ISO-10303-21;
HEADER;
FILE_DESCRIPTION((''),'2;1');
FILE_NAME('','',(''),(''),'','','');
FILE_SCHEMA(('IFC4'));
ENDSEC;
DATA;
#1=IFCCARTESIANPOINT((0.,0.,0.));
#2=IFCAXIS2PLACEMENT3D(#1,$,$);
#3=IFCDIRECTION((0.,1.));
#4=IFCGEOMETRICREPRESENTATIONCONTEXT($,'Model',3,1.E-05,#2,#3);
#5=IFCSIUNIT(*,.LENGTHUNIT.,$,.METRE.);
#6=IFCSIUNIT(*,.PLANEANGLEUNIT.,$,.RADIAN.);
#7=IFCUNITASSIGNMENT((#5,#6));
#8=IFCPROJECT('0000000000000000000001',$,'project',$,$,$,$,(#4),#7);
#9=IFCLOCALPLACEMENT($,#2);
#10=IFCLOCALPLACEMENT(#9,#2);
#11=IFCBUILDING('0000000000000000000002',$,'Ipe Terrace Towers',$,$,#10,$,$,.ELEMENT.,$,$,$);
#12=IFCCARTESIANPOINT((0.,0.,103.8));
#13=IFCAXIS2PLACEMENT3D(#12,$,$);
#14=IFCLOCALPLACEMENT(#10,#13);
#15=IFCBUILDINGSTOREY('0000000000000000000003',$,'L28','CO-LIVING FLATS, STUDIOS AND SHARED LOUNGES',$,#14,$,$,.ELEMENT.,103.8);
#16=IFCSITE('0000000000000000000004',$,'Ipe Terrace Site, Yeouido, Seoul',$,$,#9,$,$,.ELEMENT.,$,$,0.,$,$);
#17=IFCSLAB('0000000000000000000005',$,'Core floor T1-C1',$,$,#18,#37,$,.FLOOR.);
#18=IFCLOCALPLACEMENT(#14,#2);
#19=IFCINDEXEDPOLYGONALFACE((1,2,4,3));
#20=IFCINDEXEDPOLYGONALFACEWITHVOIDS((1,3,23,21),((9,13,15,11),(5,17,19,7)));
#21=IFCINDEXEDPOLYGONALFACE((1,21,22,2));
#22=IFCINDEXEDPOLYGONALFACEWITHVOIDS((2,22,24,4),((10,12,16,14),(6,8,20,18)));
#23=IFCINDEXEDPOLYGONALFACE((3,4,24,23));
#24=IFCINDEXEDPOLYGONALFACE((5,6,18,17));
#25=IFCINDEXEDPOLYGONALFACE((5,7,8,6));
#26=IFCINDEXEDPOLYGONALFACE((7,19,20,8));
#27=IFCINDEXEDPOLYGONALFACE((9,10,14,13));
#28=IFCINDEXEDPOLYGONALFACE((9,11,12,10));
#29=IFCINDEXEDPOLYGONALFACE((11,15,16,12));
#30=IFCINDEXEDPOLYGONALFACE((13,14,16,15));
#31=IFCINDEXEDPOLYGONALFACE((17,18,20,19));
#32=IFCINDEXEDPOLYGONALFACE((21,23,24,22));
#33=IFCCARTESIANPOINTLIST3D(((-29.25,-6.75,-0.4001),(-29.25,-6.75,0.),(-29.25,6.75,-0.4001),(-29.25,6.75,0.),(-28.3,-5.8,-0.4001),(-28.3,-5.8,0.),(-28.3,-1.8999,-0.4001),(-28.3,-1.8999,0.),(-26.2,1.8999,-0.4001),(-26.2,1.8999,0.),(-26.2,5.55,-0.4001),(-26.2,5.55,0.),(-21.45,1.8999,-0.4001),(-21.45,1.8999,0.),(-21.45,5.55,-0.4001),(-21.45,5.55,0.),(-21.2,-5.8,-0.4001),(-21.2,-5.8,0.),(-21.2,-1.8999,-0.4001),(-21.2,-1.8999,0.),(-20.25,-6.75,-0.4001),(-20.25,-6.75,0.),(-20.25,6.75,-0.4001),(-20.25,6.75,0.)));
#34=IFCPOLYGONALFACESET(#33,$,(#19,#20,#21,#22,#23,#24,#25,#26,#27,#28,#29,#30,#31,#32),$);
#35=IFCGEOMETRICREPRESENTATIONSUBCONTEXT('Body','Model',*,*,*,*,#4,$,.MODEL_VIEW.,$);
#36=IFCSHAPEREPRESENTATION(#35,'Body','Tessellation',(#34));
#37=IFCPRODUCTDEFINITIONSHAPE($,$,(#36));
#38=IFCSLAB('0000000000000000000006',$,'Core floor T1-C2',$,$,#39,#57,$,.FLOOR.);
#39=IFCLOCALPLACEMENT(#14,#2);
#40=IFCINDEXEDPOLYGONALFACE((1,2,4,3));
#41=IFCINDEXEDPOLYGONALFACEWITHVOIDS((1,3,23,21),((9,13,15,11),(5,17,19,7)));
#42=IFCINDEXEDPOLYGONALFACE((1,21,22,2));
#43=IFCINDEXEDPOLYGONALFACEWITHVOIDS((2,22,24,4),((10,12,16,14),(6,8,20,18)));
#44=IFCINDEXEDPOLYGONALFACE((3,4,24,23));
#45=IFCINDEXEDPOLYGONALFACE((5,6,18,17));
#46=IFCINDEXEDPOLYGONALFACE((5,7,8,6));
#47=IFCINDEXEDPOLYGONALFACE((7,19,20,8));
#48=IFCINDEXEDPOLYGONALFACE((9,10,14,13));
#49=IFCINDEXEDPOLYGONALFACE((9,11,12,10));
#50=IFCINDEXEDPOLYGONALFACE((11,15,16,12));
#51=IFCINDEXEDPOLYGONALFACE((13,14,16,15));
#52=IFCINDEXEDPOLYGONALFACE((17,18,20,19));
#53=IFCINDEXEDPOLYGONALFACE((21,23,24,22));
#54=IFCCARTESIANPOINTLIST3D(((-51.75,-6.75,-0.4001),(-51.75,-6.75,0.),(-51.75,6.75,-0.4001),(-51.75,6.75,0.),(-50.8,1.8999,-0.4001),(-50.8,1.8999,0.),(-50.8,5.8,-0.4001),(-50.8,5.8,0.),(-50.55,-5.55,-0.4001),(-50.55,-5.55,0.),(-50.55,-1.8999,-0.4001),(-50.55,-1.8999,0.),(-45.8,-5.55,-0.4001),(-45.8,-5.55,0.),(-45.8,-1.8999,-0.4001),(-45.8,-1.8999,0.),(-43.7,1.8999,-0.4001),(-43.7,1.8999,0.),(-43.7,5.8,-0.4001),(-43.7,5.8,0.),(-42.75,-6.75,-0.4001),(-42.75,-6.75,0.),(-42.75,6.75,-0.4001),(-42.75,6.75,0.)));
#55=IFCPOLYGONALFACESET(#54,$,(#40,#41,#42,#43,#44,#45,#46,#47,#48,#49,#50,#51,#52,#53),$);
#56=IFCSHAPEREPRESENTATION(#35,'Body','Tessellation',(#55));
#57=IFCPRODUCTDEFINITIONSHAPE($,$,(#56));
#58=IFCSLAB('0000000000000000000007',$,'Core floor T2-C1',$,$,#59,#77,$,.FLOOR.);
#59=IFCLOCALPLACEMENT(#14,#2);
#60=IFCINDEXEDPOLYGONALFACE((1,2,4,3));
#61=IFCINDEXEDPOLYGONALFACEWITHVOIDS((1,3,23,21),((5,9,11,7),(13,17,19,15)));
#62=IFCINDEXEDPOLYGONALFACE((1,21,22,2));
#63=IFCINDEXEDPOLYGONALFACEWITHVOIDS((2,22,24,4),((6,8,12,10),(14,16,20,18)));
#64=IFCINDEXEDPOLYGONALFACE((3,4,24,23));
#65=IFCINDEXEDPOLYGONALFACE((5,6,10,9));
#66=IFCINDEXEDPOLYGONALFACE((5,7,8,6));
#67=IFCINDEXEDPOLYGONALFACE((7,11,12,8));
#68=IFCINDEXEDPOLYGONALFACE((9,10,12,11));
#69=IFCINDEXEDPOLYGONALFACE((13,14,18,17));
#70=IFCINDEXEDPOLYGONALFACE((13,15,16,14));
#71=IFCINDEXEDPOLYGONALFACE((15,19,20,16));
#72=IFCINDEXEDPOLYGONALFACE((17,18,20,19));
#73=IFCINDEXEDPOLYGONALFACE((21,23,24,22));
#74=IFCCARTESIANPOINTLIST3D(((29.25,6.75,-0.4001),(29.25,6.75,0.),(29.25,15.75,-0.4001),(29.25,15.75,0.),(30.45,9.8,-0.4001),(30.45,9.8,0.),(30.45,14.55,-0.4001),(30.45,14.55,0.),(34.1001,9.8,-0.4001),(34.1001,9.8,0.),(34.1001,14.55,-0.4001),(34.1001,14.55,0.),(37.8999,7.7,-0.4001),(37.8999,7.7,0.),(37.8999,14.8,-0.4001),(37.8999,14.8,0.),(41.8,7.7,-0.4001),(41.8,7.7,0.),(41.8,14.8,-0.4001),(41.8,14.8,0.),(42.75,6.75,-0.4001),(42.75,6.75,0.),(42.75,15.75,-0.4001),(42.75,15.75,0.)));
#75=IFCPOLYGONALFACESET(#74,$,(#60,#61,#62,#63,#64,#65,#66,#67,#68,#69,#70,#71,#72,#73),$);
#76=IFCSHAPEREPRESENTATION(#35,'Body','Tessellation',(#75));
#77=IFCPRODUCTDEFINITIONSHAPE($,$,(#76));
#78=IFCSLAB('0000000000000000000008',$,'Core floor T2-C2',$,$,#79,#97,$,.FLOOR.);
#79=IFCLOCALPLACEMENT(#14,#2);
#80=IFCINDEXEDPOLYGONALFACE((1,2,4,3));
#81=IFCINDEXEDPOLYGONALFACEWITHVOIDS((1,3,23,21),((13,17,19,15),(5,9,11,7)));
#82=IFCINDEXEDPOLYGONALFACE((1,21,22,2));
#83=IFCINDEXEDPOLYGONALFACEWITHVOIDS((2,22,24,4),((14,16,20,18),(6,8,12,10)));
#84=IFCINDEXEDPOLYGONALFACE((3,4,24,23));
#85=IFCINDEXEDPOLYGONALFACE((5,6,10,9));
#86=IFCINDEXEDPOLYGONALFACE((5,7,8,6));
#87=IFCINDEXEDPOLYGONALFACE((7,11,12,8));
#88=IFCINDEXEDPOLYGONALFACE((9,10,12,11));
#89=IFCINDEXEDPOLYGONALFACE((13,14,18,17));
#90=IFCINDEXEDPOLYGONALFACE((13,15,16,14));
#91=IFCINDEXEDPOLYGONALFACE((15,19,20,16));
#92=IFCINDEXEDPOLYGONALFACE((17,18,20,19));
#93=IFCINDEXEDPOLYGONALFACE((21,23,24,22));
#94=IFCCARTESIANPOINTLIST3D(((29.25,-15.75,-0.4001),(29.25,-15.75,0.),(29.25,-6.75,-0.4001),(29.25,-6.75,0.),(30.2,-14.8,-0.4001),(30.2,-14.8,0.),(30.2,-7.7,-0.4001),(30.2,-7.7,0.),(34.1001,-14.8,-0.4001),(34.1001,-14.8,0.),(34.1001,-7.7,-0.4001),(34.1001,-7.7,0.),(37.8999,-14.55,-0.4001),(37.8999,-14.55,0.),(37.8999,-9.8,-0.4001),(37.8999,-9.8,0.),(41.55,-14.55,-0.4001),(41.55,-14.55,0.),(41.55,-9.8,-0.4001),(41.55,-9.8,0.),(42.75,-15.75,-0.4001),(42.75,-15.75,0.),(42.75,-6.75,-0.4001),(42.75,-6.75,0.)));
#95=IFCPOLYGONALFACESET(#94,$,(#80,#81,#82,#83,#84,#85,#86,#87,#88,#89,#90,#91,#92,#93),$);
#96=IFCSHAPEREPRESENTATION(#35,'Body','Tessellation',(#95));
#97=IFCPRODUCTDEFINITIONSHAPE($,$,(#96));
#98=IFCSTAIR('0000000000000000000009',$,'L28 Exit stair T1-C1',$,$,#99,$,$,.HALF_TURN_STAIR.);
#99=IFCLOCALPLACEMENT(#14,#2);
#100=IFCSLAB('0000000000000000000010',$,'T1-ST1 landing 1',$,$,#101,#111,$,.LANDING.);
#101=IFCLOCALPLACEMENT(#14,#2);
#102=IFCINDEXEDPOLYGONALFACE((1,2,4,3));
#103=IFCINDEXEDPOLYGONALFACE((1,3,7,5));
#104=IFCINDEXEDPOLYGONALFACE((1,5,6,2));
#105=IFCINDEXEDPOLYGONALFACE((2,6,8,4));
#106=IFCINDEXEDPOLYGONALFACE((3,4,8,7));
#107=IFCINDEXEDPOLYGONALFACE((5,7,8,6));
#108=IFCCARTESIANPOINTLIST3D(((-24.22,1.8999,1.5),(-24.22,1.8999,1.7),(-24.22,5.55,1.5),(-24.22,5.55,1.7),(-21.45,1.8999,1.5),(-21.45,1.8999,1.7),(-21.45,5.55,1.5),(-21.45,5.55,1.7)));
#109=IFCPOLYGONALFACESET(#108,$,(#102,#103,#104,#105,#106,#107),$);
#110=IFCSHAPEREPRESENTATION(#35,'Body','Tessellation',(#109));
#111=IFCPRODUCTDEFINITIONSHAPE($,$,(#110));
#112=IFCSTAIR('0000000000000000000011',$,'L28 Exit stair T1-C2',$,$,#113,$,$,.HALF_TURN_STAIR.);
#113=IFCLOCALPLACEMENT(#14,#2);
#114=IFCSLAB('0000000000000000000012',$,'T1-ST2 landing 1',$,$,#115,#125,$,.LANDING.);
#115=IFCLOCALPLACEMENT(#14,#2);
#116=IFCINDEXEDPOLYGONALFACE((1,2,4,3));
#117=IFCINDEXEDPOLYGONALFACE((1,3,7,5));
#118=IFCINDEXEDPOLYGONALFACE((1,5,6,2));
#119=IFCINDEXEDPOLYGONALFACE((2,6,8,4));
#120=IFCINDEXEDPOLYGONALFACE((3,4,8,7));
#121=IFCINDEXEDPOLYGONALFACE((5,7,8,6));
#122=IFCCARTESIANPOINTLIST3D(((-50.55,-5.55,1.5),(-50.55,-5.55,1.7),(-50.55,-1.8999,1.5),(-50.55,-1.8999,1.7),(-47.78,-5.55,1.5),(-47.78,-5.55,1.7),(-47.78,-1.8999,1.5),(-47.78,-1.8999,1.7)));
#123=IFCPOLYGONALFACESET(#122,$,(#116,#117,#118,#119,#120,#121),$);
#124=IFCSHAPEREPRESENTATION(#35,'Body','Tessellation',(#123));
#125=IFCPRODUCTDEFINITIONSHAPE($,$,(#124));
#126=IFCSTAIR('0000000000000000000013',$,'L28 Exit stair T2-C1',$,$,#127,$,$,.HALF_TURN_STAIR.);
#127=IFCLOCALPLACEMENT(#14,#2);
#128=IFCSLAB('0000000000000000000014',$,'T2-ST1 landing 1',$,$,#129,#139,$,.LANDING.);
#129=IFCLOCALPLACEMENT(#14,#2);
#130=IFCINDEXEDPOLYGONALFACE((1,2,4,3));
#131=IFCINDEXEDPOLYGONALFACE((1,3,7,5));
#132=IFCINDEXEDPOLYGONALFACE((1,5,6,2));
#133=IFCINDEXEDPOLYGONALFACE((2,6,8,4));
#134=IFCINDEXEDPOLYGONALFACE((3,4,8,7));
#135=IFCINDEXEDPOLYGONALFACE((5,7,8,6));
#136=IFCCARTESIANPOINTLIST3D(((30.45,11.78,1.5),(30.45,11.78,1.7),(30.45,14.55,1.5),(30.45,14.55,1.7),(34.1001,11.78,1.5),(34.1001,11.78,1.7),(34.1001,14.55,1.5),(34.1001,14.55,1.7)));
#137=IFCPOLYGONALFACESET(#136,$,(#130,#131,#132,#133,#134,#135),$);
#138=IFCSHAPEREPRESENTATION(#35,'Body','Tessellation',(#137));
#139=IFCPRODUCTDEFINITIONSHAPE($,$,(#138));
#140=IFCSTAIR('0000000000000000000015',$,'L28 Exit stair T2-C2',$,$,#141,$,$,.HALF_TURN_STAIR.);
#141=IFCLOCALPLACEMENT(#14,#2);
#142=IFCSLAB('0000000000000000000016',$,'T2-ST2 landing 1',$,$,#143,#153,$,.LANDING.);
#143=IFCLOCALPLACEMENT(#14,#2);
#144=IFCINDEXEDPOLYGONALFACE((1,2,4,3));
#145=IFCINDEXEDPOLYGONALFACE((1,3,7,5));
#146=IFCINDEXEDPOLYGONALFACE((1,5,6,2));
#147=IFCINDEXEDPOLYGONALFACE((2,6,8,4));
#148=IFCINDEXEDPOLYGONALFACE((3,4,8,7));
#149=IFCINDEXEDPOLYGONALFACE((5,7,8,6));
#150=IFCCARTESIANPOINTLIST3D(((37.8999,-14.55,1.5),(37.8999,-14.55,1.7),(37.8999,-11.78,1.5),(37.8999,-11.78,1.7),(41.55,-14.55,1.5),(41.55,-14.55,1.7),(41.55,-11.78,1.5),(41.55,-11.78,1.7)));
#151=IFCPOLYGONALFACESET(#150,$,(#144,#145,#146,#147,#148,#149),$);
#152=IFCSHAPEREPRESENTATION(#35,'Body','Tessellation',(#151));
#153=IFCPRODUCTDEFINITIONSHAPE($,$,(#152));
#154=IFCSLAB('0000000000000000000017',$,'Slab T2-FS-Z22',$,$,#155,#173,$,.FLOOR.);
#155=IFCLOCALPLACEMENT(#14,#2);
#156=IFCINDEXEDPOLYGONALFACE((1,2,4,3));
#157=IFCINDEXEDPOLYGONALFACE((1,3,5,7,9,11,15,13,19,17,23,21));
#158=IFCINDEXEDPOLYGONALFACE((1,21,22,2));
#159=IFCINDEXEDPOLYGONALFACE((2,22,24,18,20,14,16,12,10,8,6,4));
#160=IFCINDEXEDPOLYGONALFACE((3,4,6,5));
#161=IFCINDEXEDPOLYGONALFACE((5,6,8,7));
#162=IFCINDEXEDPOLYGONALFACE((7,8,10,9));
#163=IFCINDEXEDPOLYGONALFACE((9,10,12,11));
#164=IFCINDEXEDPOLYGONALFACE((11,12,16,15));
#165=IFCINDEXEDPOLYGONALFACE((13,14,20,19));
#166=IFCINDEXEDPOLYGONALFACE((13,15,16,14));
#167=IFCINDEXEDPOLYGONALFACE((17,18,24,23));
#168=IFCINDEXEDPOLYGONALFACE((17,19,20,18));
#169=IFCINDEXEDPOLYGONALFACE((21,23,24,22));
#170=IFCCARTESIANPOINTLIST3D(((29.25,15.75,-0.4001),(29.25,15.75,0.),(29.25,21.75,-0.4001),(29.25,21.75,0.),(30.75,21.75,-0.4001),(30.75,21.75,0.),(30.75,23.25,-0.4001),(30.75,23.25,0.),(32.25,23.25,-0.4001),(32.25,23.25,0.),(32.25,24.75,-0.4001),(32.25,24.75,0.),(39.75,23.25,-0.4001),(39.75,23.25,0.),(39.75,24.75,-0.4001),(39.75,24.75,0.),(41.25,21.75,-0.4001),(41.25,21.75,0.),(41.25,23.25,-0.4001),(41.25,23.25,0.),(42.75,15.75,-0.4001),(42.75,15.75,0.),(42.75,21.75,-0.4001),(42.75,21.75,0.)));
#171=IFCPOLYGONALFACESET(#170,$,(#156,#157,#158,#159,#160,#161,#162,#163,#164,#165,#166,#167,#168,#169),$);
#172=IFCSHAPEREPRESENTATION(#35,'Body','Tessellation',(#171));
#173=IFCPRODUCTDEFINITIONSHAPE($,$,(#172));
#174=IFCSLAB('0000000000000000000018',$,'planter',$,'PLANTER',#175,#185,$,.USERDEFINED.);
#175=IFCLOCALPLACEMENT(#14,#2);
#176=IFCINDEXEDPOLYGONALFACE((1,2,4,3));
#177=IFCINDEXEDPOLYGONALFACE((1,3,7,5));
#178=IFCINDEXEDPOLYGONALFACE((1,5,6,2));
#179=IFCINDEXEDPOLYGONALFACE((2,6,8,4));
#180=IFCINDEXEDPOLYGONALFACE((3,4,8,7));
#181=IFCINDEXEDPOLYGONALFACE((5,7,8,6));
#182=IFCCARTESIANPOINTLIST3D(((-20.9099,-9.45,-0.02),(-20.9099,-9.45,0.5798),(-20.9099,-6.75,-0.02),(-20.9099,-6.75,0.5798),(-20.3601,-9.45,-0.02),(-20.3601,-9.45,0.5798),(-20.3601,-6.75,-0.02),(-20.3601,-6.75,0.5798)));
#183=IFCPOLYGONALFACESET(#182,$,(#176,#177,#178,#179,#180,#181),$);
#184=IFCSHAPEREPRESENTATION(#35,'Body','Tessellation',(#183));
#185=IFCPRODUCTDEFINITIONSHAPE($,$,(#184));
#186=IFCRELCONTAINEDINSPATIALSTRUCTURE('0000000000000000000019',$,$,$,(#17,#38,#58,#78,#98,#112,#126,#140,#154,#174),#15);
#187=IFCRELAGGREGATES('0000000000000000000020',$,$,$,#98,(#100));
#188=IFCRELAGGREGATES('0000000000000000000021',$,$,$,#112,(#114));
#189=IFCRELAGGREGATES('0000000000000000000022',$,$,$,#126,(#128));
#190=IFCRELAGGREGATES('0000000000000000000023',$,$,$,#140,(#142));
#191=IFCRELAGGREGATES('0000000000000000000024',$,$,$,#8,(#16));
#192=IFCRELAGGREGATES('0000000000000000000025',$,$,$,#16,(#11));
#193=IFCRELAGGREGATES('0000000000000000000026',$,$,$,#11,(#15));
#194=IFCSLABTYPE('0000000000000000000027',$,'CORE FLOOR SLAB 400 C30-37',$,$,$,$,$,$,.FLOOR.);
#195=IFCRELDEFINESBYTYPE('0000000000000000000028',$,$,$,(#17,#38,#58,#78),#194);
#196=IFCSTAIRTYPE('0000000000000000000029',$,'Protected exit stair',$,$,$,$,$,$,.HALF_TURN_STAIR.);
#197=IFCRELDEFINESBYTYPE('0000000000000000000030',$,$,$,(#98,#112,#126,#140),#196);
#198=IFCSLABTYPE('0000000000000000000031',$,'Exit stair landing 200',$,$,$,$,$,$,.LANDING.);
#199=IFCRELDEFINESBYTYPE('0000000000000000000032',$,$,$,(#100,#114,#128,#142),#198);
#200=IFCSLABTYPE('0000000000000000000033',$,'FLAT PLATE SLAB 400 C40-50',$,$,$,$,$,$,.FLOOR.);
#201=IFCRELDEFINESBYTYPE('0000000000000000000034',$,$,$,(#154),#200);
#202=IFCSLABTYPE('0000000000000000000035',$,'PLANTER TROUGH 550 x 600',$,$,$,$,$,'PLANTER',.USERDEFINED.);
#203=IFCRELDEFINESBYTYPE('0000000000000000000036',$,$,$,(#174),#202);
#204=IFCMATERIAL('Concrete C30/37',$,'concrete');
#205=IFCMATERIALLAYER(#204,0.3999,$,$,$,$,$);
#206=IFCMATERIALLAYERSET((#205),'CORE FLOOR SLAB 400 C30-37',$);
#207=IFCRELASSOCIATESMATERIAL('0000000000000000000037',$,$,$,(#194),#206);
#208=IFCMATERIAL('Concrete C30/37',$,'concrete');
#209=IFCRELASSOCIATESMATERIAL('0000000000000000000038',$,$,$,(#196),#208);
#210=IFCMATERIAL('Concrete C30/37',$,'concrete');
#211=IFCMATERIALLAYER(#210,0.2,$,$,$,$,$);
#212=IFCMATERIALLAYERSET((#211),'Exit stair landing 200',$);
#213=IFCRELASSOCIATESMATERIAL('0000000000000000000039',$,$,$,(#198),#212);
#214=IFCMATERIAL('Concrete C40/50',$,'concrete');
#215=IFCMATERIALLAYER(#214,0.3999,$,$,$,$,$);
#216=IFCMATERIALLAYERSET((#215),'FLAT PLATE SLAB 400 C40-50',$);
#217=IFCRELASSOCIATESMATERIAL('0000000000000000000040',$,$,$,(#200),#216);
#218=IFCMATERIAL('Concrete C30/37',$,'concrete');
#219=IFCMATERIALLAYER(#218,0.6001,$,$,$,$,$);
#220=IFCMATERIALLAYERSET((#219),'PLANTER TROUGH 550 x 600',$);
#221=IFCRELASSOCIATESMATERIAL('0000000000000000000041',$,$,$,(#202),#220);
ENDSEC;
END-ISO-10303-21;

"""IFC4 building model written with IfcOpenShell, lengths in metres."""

from ifc_helpers import new_model, si_unit, direction, frame, origin, place, context, subcontext, project, spatial, polyline, outline, extrude, material, layer, layer_set, type_object, element, aggregate, save


model = new_model("IFC4")

# Units and contexts
model_context = context("Model", 3, precision=1e-05, world=origin(), true_north=direction((0.0, 1.0)))
body_context = subcontext(model_context, "Body", "Model", "MODEL_VIEW")
ifc_project = project(units=[si_unit("LENGTHUNIT", "METRE"), si_unit("PLANEANGLEUNIT", "RADIAN")], contexts=[model_context])

# Site, building, storey
site_placement = place(None, origin())
site = spatial("IfcSite", under=ifc_project, at=site_placement, Name="Ipe Terrace Site, Yeouido, Seoul", CompositionType="ELEMENT", RefElevation=0.0)
building_placement = place(site_placement, origin())
building = spatial("IfcBuilding", under=site, at=building_placement, Name="Ipe Terrace Towers", CompositionType="ELEMENT")
storey_placement = place(building_placement, frame((0.0, 0.0, 103.8)))
storey = spatial("IfcBuildingStorey", under=building, at=storey_placement, Name="L28", Description="CO-LIVING FLATS, STUDIOS AND SHARED LOUNGES", CompositionType="ELEMENT", Elevation=103.8)

# Slabs
ifc_material_1 = material(Name="Concrete C30/37", Category="concrete")
ifc_layer_1 = layer(ifc_material_1, 0.3999)
ifc_layer_set_1 = layer_set([ifc_layer_1], Name="CORE FLOOR SLAB 400 C30-37")
slab_type_1 = type_object("IfcSlabType", Name="CORE FLOOR SLAB 400 C30-37", PredefinedType="FLOOR", material=ifc_layer_set_1)
slab_1_placement = place(storey_placement, frame((0.0, 0.0, -0.4001)))
element("IfcSlab", 1, at=slab_1_placement, inside=storey, type_object=slab_type_1, Name="Core floor T1-C1", PredefinedType="FLOOR", context=body_context, shape_type="SweptSolid", body=[
    extrude(outline(polyline([(-29.25, -6.75), (-29.25, 6.75), (-20.25, 6.75), (-20.25, -6.75), (-29.25, -6.75)]), holes=[polyline([(-28.3, -5.8), (-21.2, -5.8), (-21.2, -1.8999), (-28.3, -1.8999), (-28.3, -5.8)]), polyline([(-26.2, 5.55), (-26.2, 1.8999), (-21.45, 1.8999), (-21.45, 5.55), (-26.2, 5.55)])]), origin(), (0.0, 0.0, 1.0), 0.4001),
])
slab_2_placement = place(storey_placement, frame((0.0, 0.0, -0.4001)))
element("IfcSlab", 2, at=slab_2_placement, inside=storey, type_object=slab_type_1, Name="Core floor T1-C2", PredefinedType="FLOOR", context=body_context, shape_type="SweptSolid", body=[
    extrude(outline(polyline([(-51.75, -6.75), (-51.75, 6.75), (-42.75, 6.75), (-42.75, -6.75), (-51.75, -6.75)]), holes=[polyline([(-45.8, -5.55), (-45.8, -1.8999), (-50.55, -1.8999), (-50.55, -5.55), (-45.8, -5.55)]), polyline([(-50.8, 1.8999), (-43.7, 1.8999), (-43.7, 5.8), (-50.8, 5.8), (-50.8, 1.8999)])]), origin(), (0.0, 0.0, 1.0), 0.4001),
])
slab_3_placement = place(storey_placement, frame((0.0, 0.0, -0.4001)))
element("IfcSlab", 3, at=slab_3_placement, inside=storey, type_object=slab_type_1, Name="Core floor T2-C1", PredefinedType="FLOOR", context=body_context, shape_type="SweptSolid", body=[
    extrude(outline(polyline([(29.25, 6.75), (29.25, 15.75), (42.75, 15.75), (42.75, 6.75), (29.25, 6.75)]), holes=[polyline([(41.8, 7.7), (41.8, 14.8), (37.8999, 14.8), (37.8999, 7.7), (41.8, 7.7)]), polyline([(30.45, 9.8), (34.1001, 9.8), (34.1001, 14.55), (30.45, 14.55), (30.45, 9.8)])]), origin(), (0.0, 0.0, 1.0), 0.4001),
])
slab_4_placement = place(storey_placement, frame((0.0, 0.0, -0.4001)))
element("IfcSlab", 4, at=slab_4_placement, inside=storey, type_object=slab_type_1, Name="Core floor T2-C2", PredefinedType="FLOOR", context=body_context, shape_type="SweptSolid", body=[
    extrude(outline(polyline([(29.25, -15.75), (29.25, -6.75), (42.75, -6.75), (42.75, -15.75), (29.25, -15.75)]), holes=[polyline([(34.1001, -14.8), (34.1001, -7.7), (30.2, -7.7), (30.2, -14.8), (34.1001, -14.8)]), polyline([(41.55, -9.8), (37.8999, -9.8), (37.8999, -14.55), (41.55, -14.55), (41.55, -9.8)])]), origin(), (0.0, 0.0, 1.0), 0.4001),
])

# Stairs, slabs
ifc_material_2 = material(Name="Concrete C30/37", Category="concrete")
stair_type = type_object("IfcStairType", Name="Protected exit stair", PredefinedType="HALF_TURN_STAIR", material=ifc_material_2)
stair_1_placement = place(storey_placement, origin())
stair_1 = element("IfcStair", 5, at=stair_1_placement, inside=storey, type_object=stair_type, Name="L28 Exit stair T1-C1", PredefinedType="HALF_TURN_STAIR")
ifc_material_3 = material(Name="Concrete C30/37", Category="concrete")
ifc_layer_2 = layer(ifc_material_3, 0.2)
ifc_layer_set_2 = layer_set([ifc_layer_2], Name="Exit stair landing 200")
slab_type_2 = type_object("IfcSlabType", Name="Exit stair landing 200", PredefinedType="LANDING", material=ifc_layer_set_2)
slab_5_placement = place(storey_placement, frame((0.0, 0.0, 1.5)))
slab_5 = element("IfcSlab", 6, at=slab_5_placement, type_object=slab_type_2, Name="T1-ST1 landing 1", PredefinedType="LANDING", context=body_context, shape_type="SweptSolid", body=[
    extrude(outline(polyline([(-24.22, 1.8999), (-21.45, 1.8999), (-21.45, 5.55), (-24.22, 5.55), (-24.22, 1.8999)])), origin(), (0.0, 0.0, 1.0), 0.2),
])
aggregate(stair_1, [slab_5])
stair_2_placement = place(storey_placement, origin())
stair_2 = element("IfcStair", 7, at=stair_2_placement, inside=storey, type_object=stair_type, Name="L28 Exit stair T1-C2", PredefinedType="HALF_TURN_STAIR")
slab_6_placement = place(storey_placement, frame((0.0, 0.0, 1.5)))
slab_6 = element("IfcSlab", 8, at=slab_6_placement, type_object=slab_type_2, Name="T1-ST2 landing 1", PredefinedType="LANDING", context=body_context, shape_type="SweptSolid", body=[
    extrude(outline(polyline([(-47.78, -1.8999), (-50.55, -1.8999), (-50.55, -5.55), (-47.78, -5.55), (-47.78, -1.8999)])), origin(), (0.0, 0.0, 1.0), 0.2),
])
aggregate(stair_2, [slab_6])
stair_3_placement = place(storey_placement, origin())
stair_3 = element("IfcStair", 9, at=stair_3_placement, inside=storey, type_object=stair_type, Name="L28 Exit stair T2-C1", PredefinedType="HALF_TURN_STAIR")
slab_7_placement = place(storey_placement, frame((0.0, 0.0, 1.5)))
slab_7 = element("IfcSlab", 10, at=slab_7_placement, type_object=slab_type_2, Name="T2-ST1 landing 1", PredefinedType="LANDING", context=body_context, shape_type="SweptSolid", body=[
    extrude(outline(polyline([(34.1001, 11.78), (34.1001, 14.55), (30.45, 14.55), (30.45, 11.78), (34.1001, 11.78)])), origin(), (0.0, 0.0, 1.0), 0.2),
])
aggregate(stair_3, [slab_7])
stair_4_placement = place(storey_placement, origin())
stair_4 = element("IfcStair", 11, at=stair_4_placement, inside=storey, type_object=stair_type, Name="L28 Exit stair T2-C2", PredefinedType="HALF_TURN_STAIR")
slab_8_placement = place(storey_placement, frame((0.0, 0.0, 1.5)))
slab_8 = element("IfcSlab", 12, at=slab_8_placement, type_object=slab_type_2, Name="T2-ST2 landing 1", PredefinedType="LANDING", context=body_context, shape_type="SweptSolid", body=[
    extrude(outline(polyline([(37.8999, -11.78), (37.8999, -14.55), (41.55, -14.55), (41.55, -11.78), (37.8999, -11.78)])), origin(), (0.0, 0.0, 1.0), 0.2),
])
aggregate(stair_4, [slab_8])

# Slabs
ifc_material_4 = material(Name="Concrete C40/50", Category="concrete")
ifc_layer_3 = layer(ifc_material_4, 0.3999)
ifc_layer_set_3 = layer_set([ifc_layer_3], Name="FLAT PLATE SLAB 400 C40-50")
slab_type_3 = type_object("IfcSlabType", Name="FLAT PLATE SLAB 400 C40-50", PredefinedType="FLOOR", material=ifc_layer_set_3)
slab_9_placement = place(storey_placement, frame((0.0, 0.0, -0.4001)))
element("IfcSlab", 13, at=slab_9_placement, inside=storey, type_object=slab_type_3, Name="Slab T2-FS-Z22", PredefinedType="FLOOR", context=body_context, shape_type="SweptSolid", body=[
    extrude(outline(polyline([(30.75, 21.75), (30.75, 23.25), (32.25, 23.25), (32.25, 24.75), (39.75, 24.75), (39.75, 23.25), (41.25, 23.25), (41.25, 21.75), (42.75, 21.75), (42.75, 15.75), (29.25, 15.75), (29.25, 21.75), (30.75, 21.75)])), origin(), (0.0, 0.0, 1.0), 0.4001),
])
ifc_material_5 = material(Name="Concrete C30/37", Category="concrete")
ifc_layer_4 = layer(ifc_material_5, 0.6001)
ifc_layer_set_4 = layer_set([ifc_layer_4], Name="PLANTER TROUGH 550 x 600")
slab_type_4 = type_object("IfcSlabType", Name="PLANTER TROUGH 550 x 600", ElementType="PLANTER", PredefinedType="USERDEFINED", material=ifc_layer_set_4)
slab_10_placement = place(storey_placement, frame((0.0, 0.0, -0.02)))
element("IfcSlab", 14, at=slab_10_placement, inside=storey, type_object=slab_type_4, Name="planter", ObjectType="PLANTER", PredefinedType="USERDEFINED", context=body_context, shape_type="SweptSolid", body=[
    extrude(outline(polyline([(-20.3601, -6.75), (-20.9099, -6.75), (-20.9099, -9.45), (-20.3601, -9.45), (-20.3601, -6.75)])), origin(), (0.0, 0.0, 1.0), 0.5999),
])

save(model, "model.ifc")
